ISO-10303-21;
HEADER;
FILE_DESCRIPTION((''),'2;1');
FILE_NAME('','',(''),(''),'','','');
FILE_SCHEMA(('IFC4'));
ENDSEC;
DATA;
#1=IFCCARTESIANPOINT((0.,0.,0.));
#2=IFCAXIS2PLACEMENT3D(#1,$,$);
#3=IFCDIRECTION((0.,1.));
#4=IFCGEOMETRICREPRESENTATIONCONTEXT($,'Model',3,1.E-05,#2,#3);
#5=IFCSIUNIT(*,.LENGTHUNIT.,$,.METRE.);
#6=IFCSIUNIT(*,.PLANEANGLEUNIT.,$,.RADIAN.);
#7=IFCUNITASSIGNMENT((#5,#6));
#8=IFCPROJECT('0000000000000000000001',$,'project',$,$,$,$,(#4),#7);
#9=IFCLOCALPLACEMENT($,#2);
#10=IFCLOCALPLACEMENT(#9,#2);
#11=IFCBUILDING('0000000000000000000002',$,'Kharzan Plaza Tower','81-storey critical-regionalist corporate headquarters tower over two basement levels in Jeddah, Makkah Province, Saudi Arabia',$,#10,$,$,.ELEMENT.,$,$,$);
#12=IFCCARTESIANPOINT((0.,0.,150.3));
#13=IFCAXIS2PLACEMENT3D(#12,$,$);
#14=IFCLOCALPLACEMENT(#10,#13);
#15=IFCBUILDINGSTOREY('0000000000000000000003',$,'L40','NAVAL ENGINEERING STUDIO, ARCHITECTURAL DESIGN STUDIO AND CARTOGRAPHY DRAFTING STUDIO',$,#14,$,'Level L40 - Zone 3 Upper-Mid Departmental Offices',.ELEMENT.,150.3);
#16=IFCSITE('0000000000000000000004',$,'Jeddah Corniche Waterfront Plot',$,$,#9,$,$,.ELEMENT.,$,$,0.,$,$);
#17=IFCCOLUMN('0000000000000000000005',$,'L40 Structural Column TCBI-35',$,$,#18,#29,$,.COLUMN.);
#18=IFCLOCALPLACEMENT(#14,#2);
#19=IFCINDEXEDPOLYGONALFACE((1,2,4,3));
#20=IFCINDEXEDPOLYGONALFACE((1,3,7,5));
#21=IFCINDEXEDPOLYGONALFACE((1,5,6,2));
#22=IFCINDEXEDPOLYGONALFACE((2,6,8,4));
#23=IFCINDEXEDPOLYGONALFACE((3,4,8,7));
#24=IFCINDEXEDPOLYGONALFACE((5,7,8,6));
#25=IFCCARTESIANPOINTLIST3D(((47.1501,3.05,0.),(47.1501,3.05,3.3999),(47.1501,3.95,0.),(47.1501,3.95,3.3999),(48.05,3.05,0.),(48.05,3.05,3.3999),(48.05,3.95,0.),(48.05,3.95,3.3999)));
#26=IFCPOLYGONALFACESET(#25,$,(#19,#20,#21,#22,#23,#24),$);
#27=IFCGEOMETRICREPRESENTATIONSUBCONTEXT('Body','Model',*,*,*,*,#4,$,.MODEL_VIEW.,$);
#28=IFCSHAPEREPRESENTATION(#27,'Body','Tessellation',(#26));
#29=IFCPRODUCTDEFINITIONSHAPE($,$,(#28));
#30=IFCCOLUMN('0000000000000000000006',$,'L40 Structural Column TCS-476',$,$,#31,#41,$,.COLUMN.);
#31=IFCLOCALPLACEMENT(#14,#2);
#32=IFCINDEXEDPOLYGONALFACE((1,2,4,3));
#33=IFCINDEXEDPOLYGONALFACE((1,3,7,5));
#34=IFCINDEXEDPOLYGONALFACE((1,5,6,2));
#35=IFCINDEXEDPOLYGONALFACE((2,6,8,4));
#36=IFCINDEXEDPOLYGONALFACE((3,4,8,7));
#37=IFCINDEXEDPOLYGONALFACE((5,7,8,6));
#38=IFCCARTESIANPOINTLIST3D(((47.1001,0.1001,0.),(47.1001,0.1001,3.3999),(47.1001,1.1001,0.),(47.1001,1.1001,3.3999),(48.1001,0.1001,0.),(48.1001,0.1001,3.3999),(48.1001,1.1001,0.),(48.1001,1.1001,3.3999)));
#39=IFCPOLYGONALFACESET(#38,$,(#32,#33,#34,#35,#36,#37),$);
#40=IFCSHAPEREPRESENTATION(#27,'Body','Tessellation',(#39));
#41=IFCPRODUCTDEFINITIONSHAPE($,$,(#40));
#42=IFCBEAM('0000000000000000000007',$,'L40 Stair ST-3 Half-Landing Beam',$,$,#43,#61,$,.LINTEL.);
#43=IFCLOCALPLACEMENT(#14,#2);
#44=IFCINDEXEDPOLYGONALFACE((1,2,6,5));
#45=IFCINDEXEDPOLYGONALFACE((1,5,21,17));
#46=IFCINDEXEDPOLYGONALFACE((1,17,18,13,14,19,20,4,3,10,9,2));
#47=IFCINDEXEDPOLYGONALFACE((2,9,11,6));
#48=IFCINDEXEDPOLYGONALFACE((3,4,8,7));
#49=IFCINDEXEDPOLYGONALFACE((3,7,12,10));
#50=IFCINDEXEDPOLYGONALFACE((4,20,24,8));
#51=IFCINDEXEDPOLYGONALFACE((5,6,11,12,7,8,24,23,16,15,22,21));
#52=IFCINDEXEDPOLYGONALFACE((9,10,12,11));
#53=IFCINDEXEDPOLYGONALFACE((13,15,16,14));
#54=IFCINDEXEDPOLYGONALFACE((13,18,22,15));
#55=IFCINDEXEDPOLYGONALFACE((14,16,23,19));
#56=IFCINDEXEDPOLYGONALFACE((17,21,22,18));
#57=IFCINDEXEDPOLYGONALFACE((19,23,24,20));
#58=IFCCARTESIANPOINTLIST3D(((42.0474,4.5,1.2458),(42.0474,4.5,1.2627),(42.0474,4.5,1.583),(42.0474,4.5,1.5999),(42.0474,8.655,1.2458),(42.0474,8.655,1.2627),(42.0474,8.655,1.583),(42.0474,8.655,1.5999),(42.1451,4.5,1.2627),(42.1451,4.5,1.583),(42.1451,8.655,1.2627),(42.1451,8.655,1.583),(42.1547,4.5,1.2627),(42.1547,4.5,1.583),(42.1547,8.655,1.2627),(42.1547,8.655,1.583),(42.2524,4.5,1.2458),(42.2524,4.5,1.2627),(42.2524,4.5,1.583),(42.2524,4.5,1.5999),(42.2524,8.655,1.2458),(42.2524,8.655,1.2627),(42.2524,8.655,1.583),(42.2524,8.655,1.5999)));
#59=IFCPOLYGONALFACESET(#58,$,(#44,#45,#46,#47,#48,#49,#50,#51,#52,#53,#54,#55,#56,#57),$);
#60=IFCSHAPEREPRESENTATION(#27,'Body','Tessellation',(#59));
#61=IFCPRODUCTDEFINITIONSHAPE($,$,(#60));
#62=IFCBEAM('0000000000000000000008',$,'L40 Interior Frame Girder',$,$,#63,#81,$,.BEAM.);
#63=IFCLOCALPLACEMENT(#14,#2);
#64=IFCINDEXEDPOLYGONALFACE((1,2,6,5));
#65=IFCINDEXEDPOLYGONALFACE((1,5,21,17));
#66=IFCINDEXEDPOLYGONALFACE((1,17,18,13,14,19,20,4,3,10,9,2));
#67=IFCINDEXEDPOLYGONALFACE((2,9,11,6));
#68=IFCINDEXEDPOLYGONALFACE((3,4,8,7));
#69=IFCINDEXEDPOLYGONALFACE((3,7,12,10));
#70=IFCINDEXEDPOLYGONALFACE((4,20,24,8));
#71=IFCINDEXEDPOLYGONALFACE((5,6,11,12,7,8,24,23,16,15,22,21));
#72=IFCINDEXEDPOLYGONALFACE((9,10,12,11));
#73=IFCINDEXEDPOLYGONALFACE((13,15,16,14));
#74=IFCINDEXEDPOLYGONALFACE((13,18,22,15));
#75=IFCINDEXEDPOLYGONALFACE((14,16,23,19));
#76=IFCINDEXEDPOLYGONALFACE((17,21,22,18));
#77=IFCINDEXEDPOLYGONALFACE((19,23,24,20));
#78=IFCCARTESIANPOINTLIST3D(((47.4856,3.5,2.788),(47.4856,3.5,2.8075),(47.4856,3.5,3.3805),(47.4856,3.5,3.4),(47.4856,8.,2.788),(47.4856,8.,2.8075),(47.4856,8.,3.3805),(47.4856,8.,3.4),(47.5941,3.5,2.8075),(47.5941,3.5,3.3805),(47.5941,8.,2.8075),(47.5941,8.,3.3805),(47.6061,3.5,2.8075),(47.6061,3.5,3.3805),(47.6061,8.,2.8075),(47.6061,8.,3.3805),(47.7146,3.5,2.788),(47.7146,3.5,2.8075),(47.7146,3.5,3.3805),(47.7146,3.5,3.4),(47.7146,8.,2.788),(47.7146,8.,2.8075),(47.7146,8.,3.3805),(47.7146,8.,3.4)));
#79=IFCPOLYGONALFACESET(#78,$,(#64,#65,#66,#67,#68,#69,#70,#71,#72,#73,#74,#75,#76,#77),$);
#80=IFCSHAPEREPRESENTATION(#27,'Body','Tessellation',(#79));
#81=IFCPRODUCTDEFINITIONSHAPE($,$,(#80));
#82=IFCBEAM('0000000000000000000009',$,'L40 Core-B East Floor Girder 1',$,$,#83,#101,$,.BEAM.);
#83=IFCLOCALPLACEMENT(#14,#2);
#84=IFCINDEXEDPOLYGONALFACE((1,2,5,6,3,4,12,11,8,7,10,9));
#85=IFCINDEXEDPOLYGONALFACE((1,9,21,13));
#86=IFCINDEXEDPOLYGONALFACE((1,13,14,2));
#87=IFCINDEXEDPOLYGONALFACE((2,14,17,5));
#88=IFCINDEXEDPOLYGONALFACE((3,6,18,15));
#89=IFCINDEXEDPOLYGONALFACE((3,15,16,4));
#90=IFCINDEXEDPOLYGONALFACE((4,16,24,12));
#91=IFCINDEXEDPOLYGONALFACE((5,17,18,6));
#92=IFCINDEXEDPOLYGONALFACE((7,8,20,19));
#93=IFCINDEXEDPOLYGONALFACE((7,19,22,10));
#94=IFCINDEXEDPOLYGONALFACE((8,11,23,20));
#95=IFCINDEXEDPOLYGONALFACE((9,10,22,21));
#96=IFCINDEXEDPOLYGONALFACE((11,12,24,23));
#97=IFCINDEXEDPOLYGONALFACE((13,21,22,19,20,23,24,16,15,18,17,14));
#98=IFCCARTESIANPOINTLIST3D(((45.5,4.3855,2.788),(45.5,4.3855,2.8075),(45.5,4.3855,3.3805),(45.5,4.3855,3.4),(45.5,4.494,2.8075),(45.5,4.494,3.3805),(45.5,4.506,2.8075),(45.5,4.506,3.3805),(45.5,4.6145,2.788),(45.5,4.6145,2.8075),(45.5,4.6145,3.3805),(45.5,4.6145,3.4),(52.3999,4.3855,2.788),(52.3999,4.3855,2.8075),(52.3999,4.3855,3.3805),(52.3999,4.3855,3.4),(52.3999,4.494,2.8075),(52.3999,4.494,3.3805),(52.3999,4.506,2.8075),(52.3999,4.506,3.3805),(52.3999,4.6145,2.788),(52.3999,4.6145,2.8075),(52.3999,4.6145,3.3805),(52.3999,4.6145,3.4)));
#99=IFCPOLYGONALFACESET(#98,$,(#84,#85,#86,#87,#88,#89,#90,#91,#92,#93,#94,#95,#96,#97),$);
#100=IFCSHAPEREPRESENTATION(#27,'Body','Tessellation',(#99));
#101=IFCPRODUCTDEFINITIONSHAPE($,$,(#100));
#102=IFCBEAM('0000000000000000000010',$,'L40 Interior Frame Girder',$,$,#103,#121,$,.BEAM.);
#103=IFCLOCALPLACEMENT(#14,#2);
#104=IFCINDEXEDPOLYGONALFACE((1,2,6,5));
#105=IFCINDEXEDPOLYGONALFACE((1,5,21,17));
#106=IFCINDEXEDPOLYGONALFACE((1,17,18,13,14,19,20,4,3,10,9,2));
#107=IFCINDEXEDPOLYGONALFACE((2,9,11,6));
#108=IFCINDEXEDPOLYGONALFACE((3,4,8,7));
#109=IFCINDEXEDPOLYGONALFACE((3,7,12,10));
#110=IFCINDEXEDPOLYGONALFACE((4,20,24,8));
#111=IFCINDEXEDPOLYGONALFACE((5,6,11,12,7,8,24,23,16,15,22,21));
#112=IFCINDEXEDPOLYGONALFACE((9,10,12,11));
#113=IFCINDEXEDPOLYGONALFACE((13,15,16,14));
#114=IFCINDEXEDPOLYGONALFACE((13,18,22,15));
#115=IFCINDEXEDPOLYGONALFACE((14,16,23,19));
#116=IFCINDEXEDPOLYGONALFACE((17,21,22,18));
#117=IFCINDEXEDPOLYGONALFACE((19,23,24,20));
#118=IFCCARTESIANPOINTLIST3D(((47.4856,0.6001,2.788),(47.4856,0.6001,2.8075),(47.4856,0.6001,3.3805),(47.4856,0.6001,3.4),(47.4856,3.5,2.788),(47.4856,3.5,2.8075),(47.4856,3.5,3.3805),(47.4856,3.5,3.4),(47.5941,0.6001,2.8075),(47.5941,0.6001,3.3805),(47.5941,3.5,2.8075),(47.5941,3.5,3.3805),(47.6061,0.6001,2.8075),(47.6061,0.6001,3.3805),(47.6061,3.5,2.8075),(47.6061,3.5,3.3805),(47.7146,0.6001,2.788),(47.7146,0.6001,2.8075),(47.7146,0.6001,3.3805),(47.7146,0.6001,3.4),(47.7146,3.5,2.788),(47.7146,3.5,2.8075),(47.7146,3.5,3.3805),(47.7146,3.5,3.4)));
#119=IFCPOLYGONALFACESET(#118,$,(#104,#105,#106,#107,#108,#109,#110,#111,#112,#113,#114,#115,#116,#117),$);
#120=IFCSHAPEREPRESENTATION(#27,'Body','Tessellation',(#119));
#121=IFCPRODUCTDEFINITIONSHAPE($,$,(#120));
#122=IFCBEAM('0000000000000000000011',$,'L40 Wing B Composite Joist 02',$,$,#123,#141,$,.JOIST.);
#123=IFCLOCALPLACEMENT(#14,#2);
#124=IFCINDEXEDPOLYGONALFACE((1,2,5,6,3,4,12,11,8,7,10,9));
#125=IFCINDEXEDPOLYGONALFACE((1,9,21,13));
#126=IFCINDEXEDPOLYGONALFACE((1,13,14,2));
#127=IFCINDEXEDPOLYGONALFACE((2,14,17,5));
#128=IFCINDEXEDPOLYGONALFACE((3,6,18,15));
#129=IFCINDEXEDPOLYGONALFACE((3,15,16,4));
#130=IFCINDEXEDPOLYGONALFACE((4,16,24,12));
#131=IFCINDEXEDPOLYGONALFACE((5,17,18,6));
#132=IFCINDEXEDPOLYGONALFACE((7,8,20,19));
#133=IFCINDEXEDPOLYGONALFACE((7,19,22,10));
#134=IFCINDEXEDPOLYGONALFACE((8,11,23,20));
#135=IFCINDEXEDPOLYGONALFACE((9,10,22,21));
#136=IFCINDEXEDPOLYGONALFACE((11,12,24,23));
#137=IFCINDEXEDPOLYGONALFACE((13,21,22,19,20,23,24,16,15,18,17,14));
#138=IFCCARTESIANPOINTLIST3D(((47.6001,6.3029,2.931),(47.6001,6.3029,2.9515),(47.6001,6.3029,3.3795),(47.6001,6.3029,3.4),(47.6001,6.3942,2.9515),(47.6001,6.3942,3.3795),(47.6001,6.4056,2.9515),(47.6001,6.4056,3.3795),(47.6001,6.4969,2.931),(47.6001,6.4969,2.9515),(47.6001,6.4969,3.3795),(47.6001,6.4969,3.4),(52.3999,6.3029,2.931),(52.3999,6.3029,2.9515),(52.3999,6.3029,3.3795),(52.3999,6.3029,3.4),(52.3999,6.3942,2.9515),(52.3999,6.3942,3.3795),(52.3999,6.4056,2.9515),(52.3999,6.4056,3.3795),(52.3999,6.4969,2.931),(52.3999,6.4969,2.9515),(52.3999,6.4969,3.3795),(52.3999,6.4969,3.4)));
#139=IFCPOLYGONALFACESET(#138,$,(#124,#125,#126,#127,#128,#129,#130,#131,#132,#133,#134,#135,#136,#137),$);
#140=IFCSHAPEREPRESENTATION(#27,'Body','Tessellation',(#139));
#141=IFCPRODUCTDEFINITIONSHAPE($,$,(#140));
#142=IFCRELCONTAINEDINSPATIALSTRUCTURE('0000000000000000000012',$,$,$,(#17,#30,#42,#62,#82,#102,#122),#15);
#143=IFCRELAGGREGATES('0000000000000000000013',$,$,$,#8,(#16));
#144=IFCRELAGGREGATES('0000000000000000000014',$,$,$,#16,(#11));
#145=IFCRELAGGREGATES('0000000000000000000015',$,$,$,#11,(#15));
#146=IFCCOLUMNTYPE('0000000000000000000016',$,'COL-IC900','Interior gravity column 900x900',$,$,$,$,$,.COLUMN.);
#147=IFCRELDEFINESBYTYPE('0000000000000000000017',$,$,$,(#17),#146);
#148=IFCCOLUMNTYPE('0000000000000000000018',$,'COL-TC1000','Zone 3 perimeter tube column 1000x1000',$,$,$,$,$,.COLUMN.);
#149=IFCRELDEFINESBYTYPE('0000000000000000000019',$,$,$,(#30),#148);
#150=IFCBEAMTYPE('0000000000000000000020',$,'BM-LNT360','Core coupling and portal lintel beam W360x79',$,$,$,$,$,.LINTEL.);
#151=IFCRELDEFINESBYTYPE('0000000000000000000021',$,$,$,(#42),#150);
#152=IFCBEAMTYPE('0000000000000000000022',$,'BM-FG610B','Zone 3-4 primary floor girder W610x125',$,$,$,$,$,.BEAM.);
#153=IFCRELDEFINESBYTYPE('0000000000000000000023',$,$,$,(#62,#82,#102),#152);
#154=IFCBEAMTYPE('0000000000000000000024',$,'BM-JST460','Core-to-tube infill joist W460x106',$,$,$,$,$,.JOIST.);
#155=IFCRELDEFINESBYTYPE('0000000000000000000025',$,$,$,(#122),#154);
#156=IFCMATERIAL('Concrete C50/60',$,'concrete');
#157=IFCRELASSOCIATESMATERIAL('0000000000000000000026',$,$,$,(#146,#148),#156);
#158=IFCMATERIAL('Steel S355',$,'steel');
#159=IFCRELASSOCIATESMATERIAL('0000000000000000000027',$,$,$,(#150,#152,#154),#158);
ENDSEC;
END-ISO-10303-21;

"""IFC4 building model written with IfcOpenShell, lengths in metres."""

from ifc_helpers import new_model, si_unit, direction, frame, origin, origin_2d, place, context, subcontext, project, spatial, rectangle, i_section, extrude, source, transform, mapped, material, material_profile, profile_set, type_object, element, save


model = new_model("IFC4")

# Units and contexts
model_context = context("Model", 3, precision=1e-05, world=origin(), true_north=direction((0.0, 1.0)))
body_context = subcontext(model_context, "Body", "Model", "MODEL_VIEW")
ifc_project = project(units=[si_unit("LENGTHUNIT", "METRE"), si_unit("PLANEANGLEUNIT", "RADIAN")], contexts=[model_context])

# Site, building, storey
site_placement = place(None, origin())
site = spatial("IfcSite", under=ifc_project, at=site_placement, Name="Jeddah Corniche Waterfront Plot", CompositionType="ELEMENT", RefElevation=0.0)
building_placement = place(site_placement, origin())
building = spatial("IfcBuilding", under=site, at=building_placement, Name="Kharzan Plaza Tower", Description="81-storey critical-regionalist corporate headquarters tower over two basement levels in Jeddah, Makkah Province, Saudi Arabia", CompositionType="ELEMENT")
storey_placement = place(building_placement, frame((0.0, 0.0, 150.3)))
storey = spatial("IfcBuildingStorey", under=building, at=storey_placement, Name="L40", Description="NAVAL ENGINEERING STUDIO, ARCHITECTURAL DESIGN STUDIO AND CARTOGRAPHY DRAFTING STUDIO", LongName="Level L40 - Zone 3 Upper-Mid Departmental Offices", CompositionType="ELEMENT", Elevation=150.3)

# Columns
ifc_material_1 = material(Name="Concrete C50/60", Category="concrete")
ifc_material_profile_1 = material_profile(ifc_material_1, rectangle(XDim=0.8999, YDim=0.8999, at=origin_2d()), Name="RC-IC900x900")
ifc_profile_set_1 = profile_set([ifc_material_profile_1], Name="Concrete C50/60")
column_type_1 = type_object("IfcColumnType", Name="COL-IC900", Description="Interior gravity column 900x900", PredefinedType="COLUMN", material=ifc_profile_set_1)
shared_shape_1 = source(origin(), body_context, "Body", "SweptSolid", [
    extrude(rectangle(XDim=0.8999, YDim=0.8999, at=origin_2d()), origin(), (0.0, 0.0, 1.0), 3.3999),
])
column_1_placement = place(storey_placement, frame((47.6001, 3.5, 0.0), z_axis=(0.0, 0.0, 1.0), x_axis=(1.0, 0.0, 0.0)))
element("IfcColumn", 1, at=column_1_placement, inside=storey, type_object=column_type_1, Name="L40 Structural Column TCBI-35", PredefinedType="COLUMN", context=body_context, shape_type="MappedRepresentation", body=[
    mapped(shared_shape_1, transform((0.0, 0.0, 0.0), x_axis=(1.0, 0.0, 0.0), y_axis=(0.0, 1.0, 0.0), z_axis=(0.0, 0.0, 1.0))),
])
ifc_material_profile_2 = material_profile(ifc_material_1, rectangle(XDim=1.0, YDim=1.0, at=origin_2d()), Name="RC-TC1000x1000")
ifc_profile_set_2 = profile_set([ifc_material_profile_2], Name="Concrete C50/60")
column_type_2 = type_object("IfcColumnType", Name="COL-TC1000", Description="Zone 3 perimeter tube column 1000x1000", PredefinedType="COLUMN", material=ifc_profile_set_2)
shared_shape_2 = source(origin(), body_context, "Body", "SweptSolid", [
    extrude(rectangle(XDim=1.0, YDim=1.0, at=origin_2d()), origin(), (0.0, 0.0, 1.0), 3.3999),
])
column_2_placement = place(storey_placement, frame((47.6001, 0.6001, 0.0), z_axis=(0.0, 0.0, 1.0), x_axis=(1.0, 0.0, 0.0)))
element("IfcColumn", 2, at=column_2_placement, inside=storey, type_object=column_type_2, Name="L40 Structural Column TCS-476", PredefinedType="COLUMN", context=body_context, shape_type="MappedRepresentation", body=[
    mapped(shared_shape_2, transform((0.0, 0.0, 0.0), x_axis=(1.0, 0.0, 0.0), y_axis=(0.0, 1.0, 0.0), z_axis=(0.0, 0.0, 1.0))),
])

# Beams
ifc_material_2 = material(Name="Steel S355", Category="steel")
ifc_material_profile_3 = material_profile(ifc_material_2, i_section(OverallWidth=0.2051, OverallDepth=0.354, WebThickness=0.0095, FlangeThickness=0.0168, at=origin_2d()), Name="W360x79")
ifc_profile_set_3 = profile_set([ifc_material_profile_3], Name="Steel S355")
beam_type_1 = type_object("IfcBeamType", Name="BM-LNT360", Description="Core coupling and portal lintel beam W360x79", PredefinedType="LINTEL", material=ifc_profile_set_3)
shared_shape_3 = source(origin(), body_context, "Body", "SweptSolid", [
    extrude(i_section(OverallWidth=0.2051, OverallDepth=0.354, WebThickness=0.0095, FlangeThickness=0.0168, at=origin_2d()), origin(), (0.0, 0.0, 1.0), 4.155),
])
beam_1_placement = place(storey_placement, frame((42.1499, 4.5, 1.4229), z_axis=(0.0, 1.0, 0.0), x_axis=(-1.0, 0.0, 0.0)))
element("IfcBeam", 3, at=beam_1_placement, inside=storey, type_object=beam_type_1, Name="L40 Stair ST-3 Half-Landing Beam", PredefinedType="LINTEL", context=body_context, shape_type="MappedRepresentation", body=[
    mapped(shared_shape_3, transform((0.0, 0.0, 0.0), x_axis=(1.0, 0.0, 0.0), y_axis=(0.0, 1.0, 0.0), z_axis=(0.0, 0.0, 1.0))),
])
ifc_material_profile_4 = material_profile(ifc_material_2, i_section(OverallWidth=0.229, OverallDepth=0.6121, WebThickness=0.012, FlangeThickness=0.0195, at=origin_2d()), Name="W610x125")
ifc_profile_set_4 = profile_set([ifc_material_profile_4], Name="Steel S355")
beam_type_2 = type_object("IfcBeamType", Name="BM-FG610B", Description="Zone 3-4 primary floor girder W610x125", PredefinedType="BEAM", material=ifc_profile_set_4)
shared_shape_4 = source(origin(), body_context, "Body", "SweptSolid", [
    extrude(i_section(OverallWidth=0.229, OverallDepth=0.6121, WebThickness=0.012, FlangeThickness=0.0195, at=origin_2d()), origin(), (0.0, 0.0, 1.0), 4.5),
])
beam_2_placement = place(storey_placement, frame((47.6001, 3.5, 3.094), z_axis=(0.0, 1.0, 0.0), x_axis=(-1.0, 0.0, 0.0)))
element("IfcBeam", 4, at=beam_2_placement, inside=storey, type_object=beam_type_2, Name="L40 Interior Frame Girder", PredefinedType="BEAM", context=body_context, shape_type="MappedRepresentation", body=[
    mapped(shared_shape_4, transform((0.0, 0.0, 0.0), x_axis=(1.0, 0.0, 0.0), y_axis=(0.0, 1.0, 0.0), z_axis=(0.0, 0.0, 1.0))),
])
shared_shape_5 = source(origin(), body_context, "Body", "SweptSolid", [
    extrude(i_section(OverallWidth=0.229, OverallDepth=0.6121, WebThickness=0.012, FlangeThickness=0.0195, at=origin_2d()), origin(), (0.0, 0.0, 1.0), 6.8999),
])
beam_3_placement = place(storey_placement, frame((45.5, 4.5, 3.094), z_axis=(1.0, 0.0, 0.0), x_axis=(0.0, 1.0, 0.0)))
element("IfcBeam", 5, at=beam_3_placement, inside=storey, type_object=beam_type_2, Name="L40 Core-B East Floor Girder 1", PredefinedType="BEAM", context=body_context, shape_type="MappedRepresentation", body=[
    mapped(shared_shape_5, transform((0.0, 0.0, 0.0), x_axis=(1.0, 0.0, 0.0), y_axis=(0.0, 1.0, 0.0), z_axis=(0.0, 0.0, 1.0))),
])
shared_shape_6 = source(origin(), body_context, "Body", "SweptSolid", [
    extrude(i_section(OverallWidth=0.229, OverallDepth=0.6121, WebThickness=0.012, FlangeThickness=0.0195, at=origin_2d()), origin(), (0.0, 0.0, 1.0), 2.8999),
])
beam_4_placement = place(storey_placement, frame((47.6001, 0.6001, 3.094), z_axis=(0.0, 1.0, 0.0), x_axis=(-1.0, 0.0, 0.0)))
element("IfcBeam", 6, at=beam_4_placement, inside=storey, type_object=beam_type_2, Name="L40 Interior Frame Girder", PredefinedType="BEAM", context=body_context, shape_type="MappedRepresentation", body=[
    mapped(shared_shape_6, transform((0.0, 0.0, 0.0), x_axis=(1.0, 0.0, 0.0), y_axis=(0.0, 1.0, 0.0), z_axis=(0.0, 0.0, 1.0))),
])
ifc_material_profile_5 = material_profile(ifc_material_2, i_section(OverallWidth=0.1941, OverallDepth=0.469, WebThickness=0.0115, FlangeThickness=0.0205, at=origin_2d()), Name="W460x106")
ifc_profile_set_5 = profile_set([ifc_material_profile_5], Name="Steel S355")
beam_type_3 = type_object("IfcBeamType", Name="BM-JST460", Description="Core-to-tube infill joist W460x106", PredefinedType="JOIST", material=ifc_profile_set_5)
shared_shape_7 = source(origin(), body_context, "Body", "SweptSolid", [
    extrude(i_section(OverallWidth=0.1941, OverallDepth=0.469, WebThickness=0.0115, FlangeThickness=0.0205, at=origin_2d()), origin(), (0.0, 0.0, 1.0), 4.7998),
])
beam_5_placement = place(storey_placement, frame((47.6001, 6.3999, 3.1655), z_axis=(1.0, 0.0, 0.0), x_axis=(0.0, 1.0, 0.0)))
element("IfcBeam", 7, at=beam_5_placement, inside=storey, type_object=beam_type_3, Name="L40 Wing B Composite Joist 02", PredefinedType="JOIST", context=body_context, shape_type="MappedRepresentation", body=[
    mapped(shared_shape_7, transform((0.0, 0.0, 0.0), x_axis=(1.0, 0.0, 0.0), y_axis=(0.0, 1.0, 0.0), z_axis=(0.0, 0.0, 1.0))),
])

save(model, "model.ifc")
